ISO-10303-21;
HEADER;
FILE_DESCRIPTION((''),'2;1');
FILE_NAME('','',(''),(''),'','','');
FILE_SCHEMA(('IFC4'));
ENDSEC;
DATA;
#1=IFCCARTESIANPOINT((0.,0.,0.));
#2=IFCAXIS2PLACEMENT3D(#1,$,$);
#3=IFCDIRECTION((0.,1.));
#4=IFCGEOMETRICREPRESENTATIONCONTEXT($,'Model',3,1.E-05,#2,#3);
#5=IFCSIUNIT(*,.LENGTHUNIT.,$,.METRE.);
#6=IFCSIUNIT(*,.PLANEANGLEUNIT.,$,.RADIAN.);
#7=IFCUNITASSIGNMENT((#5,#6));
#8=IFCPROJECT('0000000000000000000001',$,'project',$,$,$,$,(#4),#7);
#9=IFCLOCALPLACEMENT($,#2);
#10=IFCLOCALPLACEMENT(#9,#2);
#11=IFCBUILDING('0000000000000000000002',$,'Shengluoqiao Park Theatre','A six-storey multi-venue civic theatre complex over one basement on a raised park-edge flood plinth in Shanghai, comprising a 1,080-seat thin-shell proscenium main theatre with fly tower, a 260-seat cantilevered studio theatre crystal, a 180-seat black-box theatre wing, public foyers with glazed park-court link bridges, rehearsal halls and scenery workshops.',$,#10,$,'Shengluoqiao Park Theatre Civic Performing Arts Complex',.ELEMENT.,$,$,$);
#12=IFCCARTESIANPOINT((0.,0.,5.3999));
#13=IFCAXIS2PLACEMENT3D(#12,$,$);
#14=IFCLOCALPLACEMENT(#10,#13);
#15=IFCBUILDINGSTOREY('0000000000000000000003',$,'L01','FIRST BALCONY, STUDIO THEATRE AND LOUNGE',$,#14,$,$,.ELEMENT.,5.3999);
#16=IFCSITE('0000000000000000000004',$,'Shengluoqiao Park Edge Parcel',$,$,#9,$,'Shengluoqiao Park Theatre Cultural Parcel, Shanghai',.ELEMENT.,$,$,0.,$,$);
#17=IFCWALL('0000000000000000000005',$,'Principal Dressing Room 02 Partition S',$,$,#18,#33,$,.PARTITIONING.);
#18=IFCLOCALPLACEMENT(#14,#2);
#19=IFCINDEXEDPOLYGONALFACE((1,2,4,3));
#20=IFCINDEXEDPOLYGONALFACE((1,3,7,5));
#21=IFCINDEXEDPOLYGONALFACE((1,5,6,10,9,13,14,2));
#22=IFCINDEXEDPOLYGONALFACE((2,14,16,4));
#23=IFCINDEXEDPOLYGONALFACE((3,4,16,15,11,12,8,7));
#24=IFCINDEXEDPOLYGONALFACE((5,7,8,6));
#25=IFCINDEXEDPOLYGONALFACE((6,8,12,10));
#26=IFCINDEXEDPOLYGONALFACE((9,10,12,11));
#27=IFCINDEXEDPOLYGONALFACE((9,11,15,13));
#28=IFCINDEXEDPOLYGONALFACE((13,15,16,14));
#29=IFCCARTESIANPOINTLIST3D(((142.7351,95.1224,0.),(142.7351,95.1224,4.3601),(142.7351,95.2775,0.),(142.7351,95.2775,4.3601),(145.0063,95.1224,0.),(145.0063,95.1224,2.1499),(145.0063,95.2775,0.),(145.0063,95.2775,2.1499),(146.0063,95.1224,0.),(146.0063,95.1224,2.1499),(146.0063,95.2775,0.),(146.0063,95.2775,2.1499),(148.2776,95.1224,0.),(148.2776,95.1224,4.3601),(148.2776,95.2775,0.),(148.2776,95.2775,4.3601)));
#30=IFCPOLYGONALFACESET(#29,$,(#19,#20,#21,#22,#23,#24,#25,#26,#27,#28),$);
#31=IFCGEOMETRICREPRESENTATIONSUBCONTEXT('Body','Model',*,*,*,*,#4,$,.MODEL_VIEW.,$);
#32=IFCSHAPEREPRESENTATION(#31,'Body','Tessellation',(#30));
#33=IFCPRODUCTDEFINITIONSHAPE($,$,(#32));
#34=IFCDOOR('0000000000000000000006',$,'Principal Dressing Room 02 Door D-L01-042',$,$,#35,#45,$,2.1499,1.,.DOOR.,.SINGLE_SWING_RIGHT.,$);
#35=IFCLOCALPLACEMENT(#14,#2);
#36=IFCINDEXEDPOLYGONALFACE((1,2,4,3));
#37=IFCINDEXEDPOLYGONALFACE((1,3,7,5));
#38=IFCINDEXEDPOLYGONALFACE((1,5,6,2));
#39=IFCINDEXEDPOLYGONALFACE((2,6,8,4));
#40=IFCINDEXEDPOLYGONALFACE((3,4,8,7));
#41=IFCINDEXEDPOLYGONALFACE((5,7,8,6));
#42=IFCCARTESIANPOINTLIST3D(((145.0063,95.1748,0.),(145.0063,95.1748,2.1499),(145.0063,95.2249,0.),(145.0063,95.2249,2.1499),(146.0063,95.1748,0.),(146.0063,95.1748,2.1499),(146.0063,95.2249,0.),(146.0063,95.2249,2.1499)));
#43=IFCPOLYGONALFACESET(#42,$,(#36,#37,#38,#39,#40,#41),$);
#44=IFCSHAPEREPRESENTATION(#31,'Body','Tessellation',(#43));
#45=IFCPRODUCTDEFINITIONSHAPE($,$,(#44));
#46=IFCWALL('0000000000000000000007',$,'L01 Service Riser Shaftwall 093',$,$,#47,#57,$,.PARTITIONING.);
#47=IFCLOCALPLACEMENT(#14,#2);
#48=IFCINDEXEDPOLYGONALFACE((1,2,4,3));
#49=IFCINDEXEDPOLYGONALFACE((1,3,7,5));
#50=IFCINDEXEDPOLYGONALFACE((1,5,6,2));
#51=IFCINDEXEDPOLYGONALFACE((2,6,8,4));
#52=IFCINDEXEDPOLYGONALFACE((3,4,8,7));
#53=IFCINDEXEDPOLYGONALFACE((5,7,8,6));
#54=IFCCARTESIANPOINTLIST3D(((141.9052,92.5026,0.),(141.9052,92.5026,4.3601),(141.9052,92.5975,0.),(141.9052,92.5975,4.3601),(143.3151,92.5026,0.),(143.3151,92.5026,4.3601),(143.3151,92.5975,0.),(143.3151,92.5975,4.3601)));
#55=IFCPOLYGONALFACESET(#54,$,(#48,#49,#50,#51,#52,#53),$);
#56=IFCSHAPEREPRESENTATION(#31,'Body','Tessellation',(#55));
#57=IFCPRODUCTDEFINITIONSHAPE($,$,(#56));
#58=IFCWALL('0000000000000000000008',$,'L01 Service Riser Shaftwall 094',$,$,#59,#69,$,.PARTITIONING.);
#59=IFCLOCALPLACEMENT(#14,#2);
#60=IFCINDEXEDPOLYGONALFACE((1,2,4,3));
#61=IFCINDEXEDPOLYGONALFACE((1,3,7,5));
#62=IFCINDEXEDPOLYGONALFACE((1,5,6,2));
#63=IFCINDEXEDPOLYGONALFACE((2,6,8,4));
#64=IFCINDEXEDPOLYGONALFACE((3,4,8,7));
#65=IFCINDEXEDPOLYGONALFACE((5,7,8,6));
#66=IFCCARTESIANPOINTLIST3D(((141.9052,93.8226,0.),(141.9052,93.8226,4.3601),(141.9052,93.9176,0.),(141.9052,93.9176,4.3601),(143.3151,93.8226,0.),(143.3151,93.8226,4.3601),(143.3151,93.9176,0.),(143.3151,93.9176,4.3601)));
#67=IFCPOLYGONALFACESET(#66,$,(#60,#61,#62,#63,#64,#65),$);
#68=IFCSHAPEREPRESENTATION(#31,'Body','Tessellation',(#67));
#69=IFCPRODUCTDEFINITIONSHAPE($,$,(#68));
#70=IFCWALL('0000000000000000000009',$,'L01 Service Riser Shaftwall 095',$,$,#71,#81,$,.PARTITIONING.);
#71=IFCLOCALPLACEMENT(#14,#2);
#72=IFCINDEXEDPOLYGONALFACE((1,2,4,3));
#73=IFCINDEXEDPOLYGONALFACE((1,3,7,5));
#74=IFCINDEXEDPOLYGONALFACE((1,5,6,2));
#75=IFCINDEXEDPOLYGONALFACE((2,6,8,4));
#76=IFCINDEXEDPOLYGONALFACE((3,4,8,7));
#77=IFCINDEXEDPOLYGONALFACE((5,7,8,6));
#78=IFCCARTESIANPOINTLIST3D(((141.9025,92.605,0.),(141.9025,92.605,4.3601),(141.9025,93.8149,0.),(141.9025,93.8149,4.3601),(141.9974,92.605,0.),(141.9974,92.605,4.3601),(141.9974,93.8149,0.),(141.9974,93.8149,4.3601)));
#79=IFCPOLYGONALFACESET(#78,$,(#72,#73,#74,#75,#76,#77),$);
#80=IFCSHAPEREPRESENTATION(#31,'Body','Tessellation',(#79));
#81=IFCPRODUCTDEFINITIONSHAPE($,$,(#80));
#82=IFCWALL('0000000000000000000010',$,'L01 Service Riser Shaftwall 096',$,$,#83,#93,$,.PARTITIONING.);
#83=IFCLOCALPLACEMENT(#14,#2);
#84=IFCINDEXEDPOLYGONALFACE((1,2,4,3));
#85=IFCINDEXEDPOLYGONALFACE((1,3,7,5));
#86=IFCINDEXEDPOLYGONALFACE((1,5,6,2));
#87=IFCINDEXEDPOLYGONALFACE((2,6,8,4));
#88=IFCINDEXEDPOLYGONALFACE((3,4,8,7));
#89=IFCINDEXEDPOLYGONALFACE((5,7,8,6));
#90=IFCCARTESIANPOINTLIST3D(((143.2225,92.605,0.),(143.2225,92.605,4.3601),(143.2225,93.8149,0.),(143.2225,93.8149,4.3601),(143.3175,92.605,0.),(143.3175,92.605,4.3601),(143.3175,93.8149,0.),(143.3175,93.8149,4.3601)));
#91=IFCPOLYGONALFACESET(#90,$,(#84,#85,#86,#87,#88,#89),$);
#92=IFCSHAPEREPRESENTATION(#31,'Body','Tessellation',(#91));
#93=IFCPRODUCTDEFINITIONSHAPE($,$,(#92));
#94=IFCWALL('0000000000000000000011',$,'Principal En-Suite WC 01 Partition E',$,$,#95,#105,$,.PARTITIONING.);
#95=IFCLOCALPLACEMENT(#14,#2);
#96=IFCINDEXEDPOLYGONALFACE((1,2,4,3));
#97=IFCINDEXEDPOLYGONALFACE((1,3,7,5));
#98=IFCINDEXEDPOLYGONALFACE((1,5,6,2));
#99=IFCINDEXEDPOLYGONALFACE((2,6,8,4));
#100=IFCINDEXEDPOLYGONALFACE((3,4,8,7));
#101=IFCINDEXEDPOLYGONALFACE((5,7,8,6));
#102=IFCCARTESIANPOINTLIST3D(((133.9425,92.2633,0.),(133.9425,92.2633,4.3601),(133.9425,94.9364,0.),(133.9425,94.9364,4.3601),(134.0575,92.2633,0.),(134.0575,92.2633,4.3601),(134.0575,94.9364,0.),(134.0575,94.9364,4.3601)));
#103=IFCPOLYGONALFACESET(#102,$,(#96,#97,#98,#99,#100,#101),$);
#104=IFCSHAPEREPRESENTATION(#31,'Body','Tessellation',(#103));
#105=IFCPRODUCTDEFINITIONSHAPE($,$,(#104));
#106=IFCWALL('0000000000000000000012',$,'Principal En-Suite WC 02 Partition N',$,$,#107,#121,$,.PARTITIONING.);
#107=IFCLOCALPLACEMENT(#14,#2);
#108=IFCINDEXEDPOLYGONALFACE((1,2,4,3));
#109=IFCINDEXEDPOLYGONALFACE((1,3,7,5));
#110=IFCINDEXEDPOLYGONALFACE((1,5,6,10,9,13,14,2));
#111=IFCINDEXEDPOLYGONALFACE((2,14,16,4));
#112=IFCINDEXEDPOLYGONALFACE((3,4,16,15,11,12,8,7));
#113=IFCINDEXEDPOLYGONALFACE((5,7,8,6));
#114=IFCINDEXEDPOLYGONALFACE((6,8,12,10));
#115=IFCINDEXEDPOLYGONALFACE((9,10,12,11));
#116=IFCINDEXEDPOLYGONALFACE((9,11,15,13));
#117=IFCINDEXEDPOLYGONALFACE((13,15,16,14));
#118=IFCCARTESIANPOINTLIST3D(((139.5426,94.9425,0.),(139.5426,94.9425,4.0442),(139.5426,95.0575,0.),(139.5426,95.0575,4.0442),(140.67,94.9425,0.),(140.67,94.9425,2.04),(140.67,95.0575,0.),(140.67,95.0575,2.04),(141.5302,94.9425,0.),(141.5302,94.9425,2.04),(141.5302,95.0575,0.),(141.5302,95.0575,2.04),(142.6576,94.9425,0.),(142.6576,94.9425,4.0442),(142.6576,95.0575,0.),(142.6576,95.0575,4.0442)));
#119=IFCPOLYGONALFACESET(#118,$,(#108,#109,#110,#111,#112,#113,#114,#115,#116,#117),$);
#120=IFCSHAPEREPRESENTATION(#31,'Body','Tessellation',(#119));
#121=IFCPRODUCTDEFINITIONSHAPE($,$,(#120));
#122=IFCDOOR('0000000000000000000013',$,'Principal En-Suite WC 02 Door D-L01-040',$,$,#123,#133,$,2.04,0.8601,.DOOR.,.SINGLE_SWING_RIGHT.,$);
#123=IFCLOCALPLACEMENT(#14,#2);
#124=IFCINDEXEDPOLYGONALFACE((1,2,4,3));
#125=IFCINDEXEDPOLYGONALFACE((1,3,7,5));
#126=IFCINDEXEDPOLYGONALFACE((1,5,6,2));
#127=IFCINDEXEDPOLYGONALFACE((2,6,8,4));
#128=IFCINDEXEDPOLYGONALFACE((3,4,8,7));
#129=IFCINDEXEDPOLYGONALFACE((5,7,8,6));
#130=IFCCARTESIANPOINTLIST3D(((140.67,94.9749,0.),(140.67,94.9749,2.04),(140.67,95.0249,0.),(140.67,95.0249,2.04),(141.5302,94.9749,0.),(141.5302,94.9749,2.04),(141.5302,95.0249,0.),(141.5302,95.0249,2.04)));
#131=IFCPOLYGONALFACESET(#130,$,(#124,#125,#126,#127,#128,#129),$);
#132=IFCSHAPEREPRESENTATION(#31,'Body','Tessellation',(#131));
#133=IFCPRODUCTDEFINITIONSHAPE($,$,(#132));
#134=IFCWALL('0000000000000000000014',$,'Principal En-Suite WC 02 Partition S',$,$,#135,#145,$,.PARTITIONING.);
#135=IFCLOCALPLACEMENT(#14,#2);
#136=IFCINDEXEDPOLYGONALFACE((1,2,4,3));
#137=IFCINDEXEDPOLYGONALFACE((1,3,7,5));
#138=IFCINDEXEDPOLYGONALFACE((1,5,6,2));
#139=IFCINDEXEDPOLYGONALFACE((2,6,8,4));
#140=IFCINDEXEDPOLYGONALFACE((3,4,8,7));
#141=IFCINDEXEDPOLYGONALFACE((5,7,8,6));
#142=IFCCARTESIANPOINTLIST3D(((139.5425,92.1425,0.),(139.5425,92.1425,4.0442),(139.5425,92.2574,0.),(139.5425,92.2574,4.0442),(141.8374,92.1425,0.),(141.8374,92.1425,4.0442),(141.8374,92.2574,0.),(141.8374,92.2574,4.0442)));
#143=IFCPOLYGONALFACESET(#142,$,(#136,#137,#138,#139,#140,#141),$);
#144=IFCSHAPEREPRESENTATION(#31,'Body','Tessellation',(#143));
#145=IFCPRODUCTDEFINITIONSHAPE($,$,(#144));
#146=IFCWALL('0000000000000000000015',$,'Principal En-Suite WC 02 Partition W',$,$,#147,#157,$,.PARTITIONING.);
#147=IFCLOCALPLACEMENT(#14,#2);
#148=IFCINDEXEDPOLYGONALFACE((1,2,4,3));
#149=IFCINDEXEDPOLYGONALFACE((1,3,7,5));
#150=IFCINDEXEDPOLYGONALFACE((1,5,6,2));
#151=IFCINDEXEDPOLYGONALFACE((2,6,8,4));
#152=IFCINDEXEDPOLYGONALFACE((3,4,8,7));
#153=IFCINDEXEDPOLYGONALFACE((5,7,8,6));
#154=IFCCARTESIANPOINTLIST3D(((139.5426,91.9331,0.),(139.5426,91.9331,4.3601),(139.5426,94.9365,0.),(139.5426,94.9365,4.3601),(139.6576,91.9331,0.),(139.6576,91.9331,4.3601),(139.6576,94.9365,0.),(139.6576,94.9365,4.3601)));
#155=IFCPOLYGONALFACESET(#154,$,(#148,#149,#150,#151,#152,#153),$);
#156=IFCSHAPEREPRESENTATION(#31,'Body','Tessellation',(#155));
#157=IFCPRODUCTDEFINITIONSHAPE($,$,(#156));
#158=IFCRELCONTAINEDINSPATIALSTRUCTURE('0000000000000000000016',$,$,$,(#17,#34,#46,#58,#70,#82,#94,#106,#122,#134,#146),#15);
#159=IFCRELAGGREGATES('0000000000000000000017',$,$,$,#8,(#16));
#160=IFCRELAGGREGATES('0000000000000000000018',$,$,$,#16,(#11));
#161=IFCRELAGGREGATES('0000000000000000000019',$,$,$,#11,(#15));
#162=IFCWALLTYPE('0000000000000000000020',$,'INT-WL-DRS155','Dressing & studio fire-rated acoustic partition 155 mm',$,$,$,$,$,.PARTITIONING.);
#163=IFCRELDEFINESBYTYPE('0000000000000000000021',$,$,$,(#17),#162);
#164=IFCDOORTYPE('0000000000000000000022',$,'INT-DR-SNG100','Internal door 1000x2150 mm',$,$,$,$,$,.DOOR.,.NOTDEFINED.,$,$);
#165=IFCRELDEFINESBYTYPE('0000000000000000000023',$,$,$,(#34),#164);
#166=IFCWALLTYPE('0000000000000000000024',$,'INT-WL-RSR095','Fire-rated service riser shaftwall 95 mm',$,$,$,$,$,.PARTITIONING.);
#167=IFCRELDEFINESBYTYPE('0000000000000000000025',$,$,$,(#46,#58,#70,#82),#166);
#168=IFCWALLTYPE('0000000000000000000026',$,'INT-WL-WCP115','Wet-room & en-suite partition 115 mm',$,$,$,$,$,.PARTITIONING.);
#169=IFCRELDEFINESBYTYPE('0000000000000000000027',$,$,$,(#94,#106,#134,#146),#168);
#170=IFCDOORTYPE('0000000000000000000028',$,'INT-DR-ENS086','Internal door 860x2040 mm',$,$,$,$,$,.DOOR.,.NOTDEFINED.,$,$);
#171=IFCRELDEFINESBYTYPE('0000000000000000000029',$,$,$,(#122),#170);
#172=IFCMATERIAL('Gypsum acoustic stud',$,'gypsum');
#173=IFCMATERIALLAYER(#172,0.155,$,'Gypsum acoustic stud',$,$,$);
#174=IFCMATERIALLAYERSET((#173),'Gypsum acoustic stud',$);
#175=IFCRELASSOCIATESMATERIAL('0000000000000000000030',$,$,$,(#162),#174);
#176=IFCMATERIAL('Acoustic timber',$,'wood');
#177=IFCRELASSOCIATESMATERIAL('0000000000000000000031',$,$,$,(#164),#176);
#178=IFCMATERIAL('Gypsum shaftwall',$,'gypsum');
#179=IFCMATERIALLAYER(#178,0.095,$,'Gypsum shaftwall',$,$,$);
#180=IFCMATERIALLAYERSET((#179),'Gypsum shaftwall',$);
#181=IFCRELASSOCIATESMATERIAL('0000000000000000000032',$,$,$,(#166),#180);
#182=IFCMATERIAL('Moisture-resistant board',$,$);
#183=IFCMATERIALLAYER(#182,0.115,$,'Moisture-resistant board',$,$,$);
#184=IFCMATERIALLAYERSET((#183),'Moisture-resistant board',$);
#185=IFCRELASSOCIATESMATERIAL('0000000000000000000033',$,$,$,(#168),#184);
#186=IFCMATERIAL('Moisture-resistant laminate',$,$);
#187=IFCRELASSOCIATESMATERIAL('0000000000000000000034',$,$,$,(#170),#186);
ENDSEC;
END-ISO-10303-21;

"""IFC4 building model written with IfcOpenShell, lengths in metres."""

from ifc_helpers import new_model, si_unit, direction, frame, frame_2d, origin, place, context, subcontext, project, spatial, rectangle, extrude, material, layer, layer_set, type_object, element, fill, save


model = new_model("IFC4")

# Units and contexts
model_context = context("Model", 3, precision=1e-05, world=origin(), true_north=direction((0.0, 1.0)))
body_context = subcontext(model_context, "Body", "Model", "MODEL_VIEW")
ifc_project = project(units=[si_unit("LENGTHUNIT", "METRE"), si_unit("PLANEANGLEUNIT", "RADIAN")], contexts=[model_context])

# Site, building, storey
site_placement = place(None, origin())
site = spatial("IfcSite", under=ifc_project, at=site_placement, Name="Shengluoqiao Park Edge Parcel", LongName="Shengluoqiao Park Theatre Cultural Parcel, Shanghai", CompositionType="ELEMENT", RefElevation=0.0)
building_placement = place(site_placement, origin())
building = spatial("IfcBuilding", under=site, at=building_placement, Name="Shengluoqiao Park Theatre", Description="A six-storey multi-venue civic theatre complex over one basement on a raised park-edge flood plinth in Shanghai, comprising a 1,080-seat thin-shell proscenium main theatre with fly tower, a 260-seat cantilevered studio theatre crystal, a 180-seat black-box theatre wing, public foyers with glazed park-court link bridges, rehearsal halls and scenery workshops.", LongName="Shengluoqiao Park Theatre Civic Performing Arts Complex", CompositionType="ELEMENT")
storey_placement = place(building_placement, frame((0.0, 0.0, 5.3999)))
storey = spatial("IfcBuildingStorey", under=building, at=storey_placement, Name="L01", Description="FIRST BALCONY, STUDIO THEATRE AND LOUNGE", CompositionType="ELEMENT", Elevation=5.3999)

# Shared definitions
ifc_material_1 = material(Name="Gypsum acoustic stud", Category="gypsum")
ifc_layer_1 = layer(ifc_material_1, 0.155, Name="Gypsum acoustic stud")
ifc_layer_set_1 = layer_set([ifc_layer_1], Name="Gypsum acoustic stud")
wall_type_1 = type_object("IfcWallType", Name="INT-WL-DRS155", Description="Dressing & studio fire-rated acoustic partition 155 mm", PredefinedType="PARTITIONING", material=ifc_layer_set_1)
ifc_material_2 = material(Name="Acoustic timber", Category="wood")
door_type_1 = type_object("IfcDoorType", Name="INT-DR-SNG100", Description="Internal door 1000x2150 mm", OperationType="NOTDEFINED", PredefinedType="DOOR", material=ifc_material_2)

# Wall, opening, door
wall_1_placement = place(storey_placement, frame((142.7351, 95.2, 0.0), z_axis=(0.0, 0.0, 1.0), x_axis=(1.0, 0.0, 0.0)))
wall_1 = element("IfcWall", 1, at=wall_1_placement, inside=storey, type_object=wall_type_1, Name="Principal Dressing Room 02 Partition S", PredefinedType="PARTITIONING", context=body_context, shape_type="SweptSolid", body=[
    extrude(rectangle(XDim=5.5425, YDim=0.155, at=frame_2d((2.7712, 0.0))), origin(), (0.0, 0.0, 1.0), 4.3601),
])
opening_1_placement = place(wall_1_placement, frame((2.2712, 0.0, 0.0)))
opening_1 = element("IfcOpeningElement", 2, at=opening_1_placement, cuts=wall_1, PredefinedType="OPENING", context=body_context, shape_type="SweptSolid", body=[
    extrude(rectangle(XDim=1.0, YDim=2.1499, at=frame_2d((0.5, 1.075))), frame((0.0, 0.0874, 0.0), z_axis=(0.0, -1.0, 0.0), x_axis=(1.0, 0.0, 0.0)), (0.0, 0.0, 1.0), 0.175),
])
door_1_placement = place(opening_1_placement, origin())
door_1 = element("IfcDoor", 3, at=door_1_placement, inside=storey, type_object=door_type_1, Name="Principal Dressing Room 02 Door D-L01-042", OperationType="SINGLE_SWING_RIGHT", OverallHeight=2.1499, OverallWidth=1.0, PredefinedType="DOOR", context=body_context, shape_type="SweptSolid", body=[
    extrude(rectangle(XDim=1.0, YDim=2.1499, at=frame_2d((0.5, 1.075))), frame((0.0, 0.0249, 0.0), z_axis=(0.0, -1.0, 0.0), x_axis=(1.0, 0.0, 0.0)), (0.0, 0.0, 1.0), 0.05),
])
fill(opening_1, door_1)

# Walls
ifc_material_3 = material(Name="Gypsum shaftwall", Category="gypsum")
ifc_layer_2 = layer(ifc_material_3, 0.095, Name="Gypsum shaftwall")
ifc_layer_set_2 = layer_set([ifc_layer_2], Name="Gypsum shaftwall")
wall_type_2 = type_object("IfcWallType", Name="INT-WL-RSR095", Description="Fire-rated service riser shaftwall 95 mm", PredefinedType="PARTITIONING", material=ifc_layer_set_2)
for number, where, z_axis, x_axis, name in (
    (4, (141.905, 92.55, 0.0), (0.0, 0.0, 1.0), (1.0, 0.0, 0.0), "L01 Service Riser Shaftwall 093"),
    (5, (141.905, 93.8701, 0.0), (0.0, 0.0, 1.0), (1.0, 0.0, 0.0), "L01 Service Riser Shaftwall 094"),
):
    element("IfcWall", number, at=place(storey_placement, frame(where, z_axis=z_axis, x_axis=x_axis)), inside=storey, type_object=wall_type_2, Name=name, PredefinedType="PARTITIONING", context=body_context, shape_type="SweptSolid", body=[
        extrude(rectangle(XDim=1.4099, YDim=0.095, at=frame_2d((0.7051, 0.0))), origin(), (0.0, 0.0, 1.0), 4.3601),
    ])
for number, where, z_axis, x_axis, name in (
    (6, (141.95, 92.605, 0.0), (0.0, 0.0, 1.0), (0.0, 1.0, 0.0), "L01 Service Riser Shaftwall 095"),
    (7, (143.27, 92.605, 0.0), (0.0, 0.0, 1.0), (0.0, 1.0, 0.0), "L01 Service Riser Shaftwall 096"),
):
    element("IfcWall", number, at=place(storey_placement, frame(where, z_axis=z_axis, x_axis=x_axis)), inside=storey, type_object=wall_type_2, Name=name, PredefinedType="PARTITIONING", context=body_context, shape_type="SweptSolid", body=[
        extrude(rectangle(XDim=1.21, YDim=0.095, at=frame_2d((0.605, 0.0))), origin(), (0.0, 0.0, 1.0), 4.3601),
    ])
ifc_material_4 = material(Name="Moisture-resistant board")
ifc_layer_3 = layer(ifc_material_4, 0.115, Name="Moisture-resistant board")
ifc_layer_set_3 = layer_set([ifc_layer_3], Name="Moisture-resistant board")
wall_type_3 = type_object("IfcWallType", Name="INT-WL-WCP115", Description="Wet-room & en-suite partition 115 mm", PredefinedType="PARTITIONING", material=ifc_layer_set_3)
wall_2_placement = place(storey_placement, frame((134.0, 92.2634, 0.0), z_axis=(0.0, 0.0, 1.0), x_axis=(0.0, 1.0, 0.0)))
element("IfcWall", 8, at=wall_2_placement, inside=storey, type_object=wall_type_3, Name="Principal En-Suite WC 01 Partition E", PredefinedType="PARTITIONING", context=body_context, shape_type="SweptSolid", body=[
    extrude(rectangle(XDim=2.6731, YDim=0.115, at=frame_2d((1.3364, 0.0))), origin(), (0.0, 0.0, 1.0), 4.3601),
])

# Wall, opening, door
wall_3_placement = place(storey_placement, frame((139.5425, 95.0, 0.0), z_axis=(0.0, 0.0, 1.0), x_axis=(1.0, 0.0, 0.0)))
wall_3 = element("IfcWall", 9, at=wall_3_placement, inside=storey, type_object=wall_type_3, Name="Principal En-Suite WC 02 Partition N", PredefinedType="PARTITIONING", context=body_context, shape_type="SweptSolid", body=[
    extrude(rectangle(XDim=3.115, YDim=0.115, at=frame_2d((1.5576, 0.0))), origin(), (0.0, 0.0, 1.0), 4.0442),
])
opening_2_placement = place(wall_3_placement, frame((1.1274, 0.0, 0.0)))
opening_2 = element("IfcOpeningElement", 10, at=opening_2_placement, cuts=wall_3, PredefinedType="OPENING", context=body_context, shape_type="SweptSolid", body=[
    extrude(rectangle(XDim=0.8601, YDim=2.04, at=frame_2d((0.4302, 1.02))), frame((0.0, 0.0674, 0.0), z_axis=(0.0, -1.0, 0.0), x_axis=(1.0, 0.0, 0.0)), (0.0, 0.0, 1.0), 0.135),
])
ifc_material_5 = material(Name="Moisture-resistant laminate")
door_type_2 = type_object("IfcDoorType", Name="INT-DR-ENS086", Description="Internal door 860x2040 mm", OperationType="NOTDEFINED", PredefinedType="DOOR", material=ifc_material_5)
door_2_placement = place(opening_2_placement, origin())
door_2 = element("IfcDoor", 11, at=door_2_placement, inside=storey, type_object=door_type_2, Name="Principal En-Suite WC 02 Door D-L01-040", OperationType="SINGLE_SWING_RIGHT", OverallHeight=2.04, OverallWidth=0.8601, PredefinedType="DOOR", context=body_context, shape_type="SweptSolid", body=[
    extrude(rectangle(XDim=0.8601, YDim=2.04, at=frame_2d((0.4302, 1.02))), frame((0.0, 0.0249, 0.0), z_axis=(0.0, -1.0, 0.0), x_axis=(1.0, 0.0, 0.0)), (0.0, 0.0, 1.0), 0.05),
])
fill(opening_2, door_2)

# Walls
wall_4_placement = place(storey_placement, frame((139.5425, 92.2, 0.0), z_axis=(0.0, 0.0, 1.0), x_axis=(1.0, 0.0, 0.0)))
element("IfcWall", 12, at=wall_4_placement, inside=storey, type_object=wall_type_3, Name="Principal En-Suite WC 02 Partition S", PredefinedType="PARTITIONING", context=body_context, shape_type="SweptSolid", body=[
    extrude(rectangle(XDim=2.2949, YDim=0.115, at=frame_2d((1.1475, 0.0))), origin(), (0.0, 0.0, 1.0), 4.0442),
])
wall_5_placement = place(storey_placement, frame((139.6001, 91.9331, 0.0), z_axis=(0.0, 0.0, 1.0), x_axis=(0.0, 1.0, 0.0)))
element("IfcWall", 13, at=wall_5_placement, inside=storey, type_object=wall_type_3, Name="Principal En-Suite WC 02 Partition W", PredefinedType="PARTITIONING", context=body_context, shape_type="SweptSolid", body=[
    extrude(rectangle(XDim=3.0034, YDim=0.115, at=frame_2d((1.5017, 0.0))), origin(), (0.0, 0.0, 1.0), 4.3601),
])

save(model, "model.ifc")
